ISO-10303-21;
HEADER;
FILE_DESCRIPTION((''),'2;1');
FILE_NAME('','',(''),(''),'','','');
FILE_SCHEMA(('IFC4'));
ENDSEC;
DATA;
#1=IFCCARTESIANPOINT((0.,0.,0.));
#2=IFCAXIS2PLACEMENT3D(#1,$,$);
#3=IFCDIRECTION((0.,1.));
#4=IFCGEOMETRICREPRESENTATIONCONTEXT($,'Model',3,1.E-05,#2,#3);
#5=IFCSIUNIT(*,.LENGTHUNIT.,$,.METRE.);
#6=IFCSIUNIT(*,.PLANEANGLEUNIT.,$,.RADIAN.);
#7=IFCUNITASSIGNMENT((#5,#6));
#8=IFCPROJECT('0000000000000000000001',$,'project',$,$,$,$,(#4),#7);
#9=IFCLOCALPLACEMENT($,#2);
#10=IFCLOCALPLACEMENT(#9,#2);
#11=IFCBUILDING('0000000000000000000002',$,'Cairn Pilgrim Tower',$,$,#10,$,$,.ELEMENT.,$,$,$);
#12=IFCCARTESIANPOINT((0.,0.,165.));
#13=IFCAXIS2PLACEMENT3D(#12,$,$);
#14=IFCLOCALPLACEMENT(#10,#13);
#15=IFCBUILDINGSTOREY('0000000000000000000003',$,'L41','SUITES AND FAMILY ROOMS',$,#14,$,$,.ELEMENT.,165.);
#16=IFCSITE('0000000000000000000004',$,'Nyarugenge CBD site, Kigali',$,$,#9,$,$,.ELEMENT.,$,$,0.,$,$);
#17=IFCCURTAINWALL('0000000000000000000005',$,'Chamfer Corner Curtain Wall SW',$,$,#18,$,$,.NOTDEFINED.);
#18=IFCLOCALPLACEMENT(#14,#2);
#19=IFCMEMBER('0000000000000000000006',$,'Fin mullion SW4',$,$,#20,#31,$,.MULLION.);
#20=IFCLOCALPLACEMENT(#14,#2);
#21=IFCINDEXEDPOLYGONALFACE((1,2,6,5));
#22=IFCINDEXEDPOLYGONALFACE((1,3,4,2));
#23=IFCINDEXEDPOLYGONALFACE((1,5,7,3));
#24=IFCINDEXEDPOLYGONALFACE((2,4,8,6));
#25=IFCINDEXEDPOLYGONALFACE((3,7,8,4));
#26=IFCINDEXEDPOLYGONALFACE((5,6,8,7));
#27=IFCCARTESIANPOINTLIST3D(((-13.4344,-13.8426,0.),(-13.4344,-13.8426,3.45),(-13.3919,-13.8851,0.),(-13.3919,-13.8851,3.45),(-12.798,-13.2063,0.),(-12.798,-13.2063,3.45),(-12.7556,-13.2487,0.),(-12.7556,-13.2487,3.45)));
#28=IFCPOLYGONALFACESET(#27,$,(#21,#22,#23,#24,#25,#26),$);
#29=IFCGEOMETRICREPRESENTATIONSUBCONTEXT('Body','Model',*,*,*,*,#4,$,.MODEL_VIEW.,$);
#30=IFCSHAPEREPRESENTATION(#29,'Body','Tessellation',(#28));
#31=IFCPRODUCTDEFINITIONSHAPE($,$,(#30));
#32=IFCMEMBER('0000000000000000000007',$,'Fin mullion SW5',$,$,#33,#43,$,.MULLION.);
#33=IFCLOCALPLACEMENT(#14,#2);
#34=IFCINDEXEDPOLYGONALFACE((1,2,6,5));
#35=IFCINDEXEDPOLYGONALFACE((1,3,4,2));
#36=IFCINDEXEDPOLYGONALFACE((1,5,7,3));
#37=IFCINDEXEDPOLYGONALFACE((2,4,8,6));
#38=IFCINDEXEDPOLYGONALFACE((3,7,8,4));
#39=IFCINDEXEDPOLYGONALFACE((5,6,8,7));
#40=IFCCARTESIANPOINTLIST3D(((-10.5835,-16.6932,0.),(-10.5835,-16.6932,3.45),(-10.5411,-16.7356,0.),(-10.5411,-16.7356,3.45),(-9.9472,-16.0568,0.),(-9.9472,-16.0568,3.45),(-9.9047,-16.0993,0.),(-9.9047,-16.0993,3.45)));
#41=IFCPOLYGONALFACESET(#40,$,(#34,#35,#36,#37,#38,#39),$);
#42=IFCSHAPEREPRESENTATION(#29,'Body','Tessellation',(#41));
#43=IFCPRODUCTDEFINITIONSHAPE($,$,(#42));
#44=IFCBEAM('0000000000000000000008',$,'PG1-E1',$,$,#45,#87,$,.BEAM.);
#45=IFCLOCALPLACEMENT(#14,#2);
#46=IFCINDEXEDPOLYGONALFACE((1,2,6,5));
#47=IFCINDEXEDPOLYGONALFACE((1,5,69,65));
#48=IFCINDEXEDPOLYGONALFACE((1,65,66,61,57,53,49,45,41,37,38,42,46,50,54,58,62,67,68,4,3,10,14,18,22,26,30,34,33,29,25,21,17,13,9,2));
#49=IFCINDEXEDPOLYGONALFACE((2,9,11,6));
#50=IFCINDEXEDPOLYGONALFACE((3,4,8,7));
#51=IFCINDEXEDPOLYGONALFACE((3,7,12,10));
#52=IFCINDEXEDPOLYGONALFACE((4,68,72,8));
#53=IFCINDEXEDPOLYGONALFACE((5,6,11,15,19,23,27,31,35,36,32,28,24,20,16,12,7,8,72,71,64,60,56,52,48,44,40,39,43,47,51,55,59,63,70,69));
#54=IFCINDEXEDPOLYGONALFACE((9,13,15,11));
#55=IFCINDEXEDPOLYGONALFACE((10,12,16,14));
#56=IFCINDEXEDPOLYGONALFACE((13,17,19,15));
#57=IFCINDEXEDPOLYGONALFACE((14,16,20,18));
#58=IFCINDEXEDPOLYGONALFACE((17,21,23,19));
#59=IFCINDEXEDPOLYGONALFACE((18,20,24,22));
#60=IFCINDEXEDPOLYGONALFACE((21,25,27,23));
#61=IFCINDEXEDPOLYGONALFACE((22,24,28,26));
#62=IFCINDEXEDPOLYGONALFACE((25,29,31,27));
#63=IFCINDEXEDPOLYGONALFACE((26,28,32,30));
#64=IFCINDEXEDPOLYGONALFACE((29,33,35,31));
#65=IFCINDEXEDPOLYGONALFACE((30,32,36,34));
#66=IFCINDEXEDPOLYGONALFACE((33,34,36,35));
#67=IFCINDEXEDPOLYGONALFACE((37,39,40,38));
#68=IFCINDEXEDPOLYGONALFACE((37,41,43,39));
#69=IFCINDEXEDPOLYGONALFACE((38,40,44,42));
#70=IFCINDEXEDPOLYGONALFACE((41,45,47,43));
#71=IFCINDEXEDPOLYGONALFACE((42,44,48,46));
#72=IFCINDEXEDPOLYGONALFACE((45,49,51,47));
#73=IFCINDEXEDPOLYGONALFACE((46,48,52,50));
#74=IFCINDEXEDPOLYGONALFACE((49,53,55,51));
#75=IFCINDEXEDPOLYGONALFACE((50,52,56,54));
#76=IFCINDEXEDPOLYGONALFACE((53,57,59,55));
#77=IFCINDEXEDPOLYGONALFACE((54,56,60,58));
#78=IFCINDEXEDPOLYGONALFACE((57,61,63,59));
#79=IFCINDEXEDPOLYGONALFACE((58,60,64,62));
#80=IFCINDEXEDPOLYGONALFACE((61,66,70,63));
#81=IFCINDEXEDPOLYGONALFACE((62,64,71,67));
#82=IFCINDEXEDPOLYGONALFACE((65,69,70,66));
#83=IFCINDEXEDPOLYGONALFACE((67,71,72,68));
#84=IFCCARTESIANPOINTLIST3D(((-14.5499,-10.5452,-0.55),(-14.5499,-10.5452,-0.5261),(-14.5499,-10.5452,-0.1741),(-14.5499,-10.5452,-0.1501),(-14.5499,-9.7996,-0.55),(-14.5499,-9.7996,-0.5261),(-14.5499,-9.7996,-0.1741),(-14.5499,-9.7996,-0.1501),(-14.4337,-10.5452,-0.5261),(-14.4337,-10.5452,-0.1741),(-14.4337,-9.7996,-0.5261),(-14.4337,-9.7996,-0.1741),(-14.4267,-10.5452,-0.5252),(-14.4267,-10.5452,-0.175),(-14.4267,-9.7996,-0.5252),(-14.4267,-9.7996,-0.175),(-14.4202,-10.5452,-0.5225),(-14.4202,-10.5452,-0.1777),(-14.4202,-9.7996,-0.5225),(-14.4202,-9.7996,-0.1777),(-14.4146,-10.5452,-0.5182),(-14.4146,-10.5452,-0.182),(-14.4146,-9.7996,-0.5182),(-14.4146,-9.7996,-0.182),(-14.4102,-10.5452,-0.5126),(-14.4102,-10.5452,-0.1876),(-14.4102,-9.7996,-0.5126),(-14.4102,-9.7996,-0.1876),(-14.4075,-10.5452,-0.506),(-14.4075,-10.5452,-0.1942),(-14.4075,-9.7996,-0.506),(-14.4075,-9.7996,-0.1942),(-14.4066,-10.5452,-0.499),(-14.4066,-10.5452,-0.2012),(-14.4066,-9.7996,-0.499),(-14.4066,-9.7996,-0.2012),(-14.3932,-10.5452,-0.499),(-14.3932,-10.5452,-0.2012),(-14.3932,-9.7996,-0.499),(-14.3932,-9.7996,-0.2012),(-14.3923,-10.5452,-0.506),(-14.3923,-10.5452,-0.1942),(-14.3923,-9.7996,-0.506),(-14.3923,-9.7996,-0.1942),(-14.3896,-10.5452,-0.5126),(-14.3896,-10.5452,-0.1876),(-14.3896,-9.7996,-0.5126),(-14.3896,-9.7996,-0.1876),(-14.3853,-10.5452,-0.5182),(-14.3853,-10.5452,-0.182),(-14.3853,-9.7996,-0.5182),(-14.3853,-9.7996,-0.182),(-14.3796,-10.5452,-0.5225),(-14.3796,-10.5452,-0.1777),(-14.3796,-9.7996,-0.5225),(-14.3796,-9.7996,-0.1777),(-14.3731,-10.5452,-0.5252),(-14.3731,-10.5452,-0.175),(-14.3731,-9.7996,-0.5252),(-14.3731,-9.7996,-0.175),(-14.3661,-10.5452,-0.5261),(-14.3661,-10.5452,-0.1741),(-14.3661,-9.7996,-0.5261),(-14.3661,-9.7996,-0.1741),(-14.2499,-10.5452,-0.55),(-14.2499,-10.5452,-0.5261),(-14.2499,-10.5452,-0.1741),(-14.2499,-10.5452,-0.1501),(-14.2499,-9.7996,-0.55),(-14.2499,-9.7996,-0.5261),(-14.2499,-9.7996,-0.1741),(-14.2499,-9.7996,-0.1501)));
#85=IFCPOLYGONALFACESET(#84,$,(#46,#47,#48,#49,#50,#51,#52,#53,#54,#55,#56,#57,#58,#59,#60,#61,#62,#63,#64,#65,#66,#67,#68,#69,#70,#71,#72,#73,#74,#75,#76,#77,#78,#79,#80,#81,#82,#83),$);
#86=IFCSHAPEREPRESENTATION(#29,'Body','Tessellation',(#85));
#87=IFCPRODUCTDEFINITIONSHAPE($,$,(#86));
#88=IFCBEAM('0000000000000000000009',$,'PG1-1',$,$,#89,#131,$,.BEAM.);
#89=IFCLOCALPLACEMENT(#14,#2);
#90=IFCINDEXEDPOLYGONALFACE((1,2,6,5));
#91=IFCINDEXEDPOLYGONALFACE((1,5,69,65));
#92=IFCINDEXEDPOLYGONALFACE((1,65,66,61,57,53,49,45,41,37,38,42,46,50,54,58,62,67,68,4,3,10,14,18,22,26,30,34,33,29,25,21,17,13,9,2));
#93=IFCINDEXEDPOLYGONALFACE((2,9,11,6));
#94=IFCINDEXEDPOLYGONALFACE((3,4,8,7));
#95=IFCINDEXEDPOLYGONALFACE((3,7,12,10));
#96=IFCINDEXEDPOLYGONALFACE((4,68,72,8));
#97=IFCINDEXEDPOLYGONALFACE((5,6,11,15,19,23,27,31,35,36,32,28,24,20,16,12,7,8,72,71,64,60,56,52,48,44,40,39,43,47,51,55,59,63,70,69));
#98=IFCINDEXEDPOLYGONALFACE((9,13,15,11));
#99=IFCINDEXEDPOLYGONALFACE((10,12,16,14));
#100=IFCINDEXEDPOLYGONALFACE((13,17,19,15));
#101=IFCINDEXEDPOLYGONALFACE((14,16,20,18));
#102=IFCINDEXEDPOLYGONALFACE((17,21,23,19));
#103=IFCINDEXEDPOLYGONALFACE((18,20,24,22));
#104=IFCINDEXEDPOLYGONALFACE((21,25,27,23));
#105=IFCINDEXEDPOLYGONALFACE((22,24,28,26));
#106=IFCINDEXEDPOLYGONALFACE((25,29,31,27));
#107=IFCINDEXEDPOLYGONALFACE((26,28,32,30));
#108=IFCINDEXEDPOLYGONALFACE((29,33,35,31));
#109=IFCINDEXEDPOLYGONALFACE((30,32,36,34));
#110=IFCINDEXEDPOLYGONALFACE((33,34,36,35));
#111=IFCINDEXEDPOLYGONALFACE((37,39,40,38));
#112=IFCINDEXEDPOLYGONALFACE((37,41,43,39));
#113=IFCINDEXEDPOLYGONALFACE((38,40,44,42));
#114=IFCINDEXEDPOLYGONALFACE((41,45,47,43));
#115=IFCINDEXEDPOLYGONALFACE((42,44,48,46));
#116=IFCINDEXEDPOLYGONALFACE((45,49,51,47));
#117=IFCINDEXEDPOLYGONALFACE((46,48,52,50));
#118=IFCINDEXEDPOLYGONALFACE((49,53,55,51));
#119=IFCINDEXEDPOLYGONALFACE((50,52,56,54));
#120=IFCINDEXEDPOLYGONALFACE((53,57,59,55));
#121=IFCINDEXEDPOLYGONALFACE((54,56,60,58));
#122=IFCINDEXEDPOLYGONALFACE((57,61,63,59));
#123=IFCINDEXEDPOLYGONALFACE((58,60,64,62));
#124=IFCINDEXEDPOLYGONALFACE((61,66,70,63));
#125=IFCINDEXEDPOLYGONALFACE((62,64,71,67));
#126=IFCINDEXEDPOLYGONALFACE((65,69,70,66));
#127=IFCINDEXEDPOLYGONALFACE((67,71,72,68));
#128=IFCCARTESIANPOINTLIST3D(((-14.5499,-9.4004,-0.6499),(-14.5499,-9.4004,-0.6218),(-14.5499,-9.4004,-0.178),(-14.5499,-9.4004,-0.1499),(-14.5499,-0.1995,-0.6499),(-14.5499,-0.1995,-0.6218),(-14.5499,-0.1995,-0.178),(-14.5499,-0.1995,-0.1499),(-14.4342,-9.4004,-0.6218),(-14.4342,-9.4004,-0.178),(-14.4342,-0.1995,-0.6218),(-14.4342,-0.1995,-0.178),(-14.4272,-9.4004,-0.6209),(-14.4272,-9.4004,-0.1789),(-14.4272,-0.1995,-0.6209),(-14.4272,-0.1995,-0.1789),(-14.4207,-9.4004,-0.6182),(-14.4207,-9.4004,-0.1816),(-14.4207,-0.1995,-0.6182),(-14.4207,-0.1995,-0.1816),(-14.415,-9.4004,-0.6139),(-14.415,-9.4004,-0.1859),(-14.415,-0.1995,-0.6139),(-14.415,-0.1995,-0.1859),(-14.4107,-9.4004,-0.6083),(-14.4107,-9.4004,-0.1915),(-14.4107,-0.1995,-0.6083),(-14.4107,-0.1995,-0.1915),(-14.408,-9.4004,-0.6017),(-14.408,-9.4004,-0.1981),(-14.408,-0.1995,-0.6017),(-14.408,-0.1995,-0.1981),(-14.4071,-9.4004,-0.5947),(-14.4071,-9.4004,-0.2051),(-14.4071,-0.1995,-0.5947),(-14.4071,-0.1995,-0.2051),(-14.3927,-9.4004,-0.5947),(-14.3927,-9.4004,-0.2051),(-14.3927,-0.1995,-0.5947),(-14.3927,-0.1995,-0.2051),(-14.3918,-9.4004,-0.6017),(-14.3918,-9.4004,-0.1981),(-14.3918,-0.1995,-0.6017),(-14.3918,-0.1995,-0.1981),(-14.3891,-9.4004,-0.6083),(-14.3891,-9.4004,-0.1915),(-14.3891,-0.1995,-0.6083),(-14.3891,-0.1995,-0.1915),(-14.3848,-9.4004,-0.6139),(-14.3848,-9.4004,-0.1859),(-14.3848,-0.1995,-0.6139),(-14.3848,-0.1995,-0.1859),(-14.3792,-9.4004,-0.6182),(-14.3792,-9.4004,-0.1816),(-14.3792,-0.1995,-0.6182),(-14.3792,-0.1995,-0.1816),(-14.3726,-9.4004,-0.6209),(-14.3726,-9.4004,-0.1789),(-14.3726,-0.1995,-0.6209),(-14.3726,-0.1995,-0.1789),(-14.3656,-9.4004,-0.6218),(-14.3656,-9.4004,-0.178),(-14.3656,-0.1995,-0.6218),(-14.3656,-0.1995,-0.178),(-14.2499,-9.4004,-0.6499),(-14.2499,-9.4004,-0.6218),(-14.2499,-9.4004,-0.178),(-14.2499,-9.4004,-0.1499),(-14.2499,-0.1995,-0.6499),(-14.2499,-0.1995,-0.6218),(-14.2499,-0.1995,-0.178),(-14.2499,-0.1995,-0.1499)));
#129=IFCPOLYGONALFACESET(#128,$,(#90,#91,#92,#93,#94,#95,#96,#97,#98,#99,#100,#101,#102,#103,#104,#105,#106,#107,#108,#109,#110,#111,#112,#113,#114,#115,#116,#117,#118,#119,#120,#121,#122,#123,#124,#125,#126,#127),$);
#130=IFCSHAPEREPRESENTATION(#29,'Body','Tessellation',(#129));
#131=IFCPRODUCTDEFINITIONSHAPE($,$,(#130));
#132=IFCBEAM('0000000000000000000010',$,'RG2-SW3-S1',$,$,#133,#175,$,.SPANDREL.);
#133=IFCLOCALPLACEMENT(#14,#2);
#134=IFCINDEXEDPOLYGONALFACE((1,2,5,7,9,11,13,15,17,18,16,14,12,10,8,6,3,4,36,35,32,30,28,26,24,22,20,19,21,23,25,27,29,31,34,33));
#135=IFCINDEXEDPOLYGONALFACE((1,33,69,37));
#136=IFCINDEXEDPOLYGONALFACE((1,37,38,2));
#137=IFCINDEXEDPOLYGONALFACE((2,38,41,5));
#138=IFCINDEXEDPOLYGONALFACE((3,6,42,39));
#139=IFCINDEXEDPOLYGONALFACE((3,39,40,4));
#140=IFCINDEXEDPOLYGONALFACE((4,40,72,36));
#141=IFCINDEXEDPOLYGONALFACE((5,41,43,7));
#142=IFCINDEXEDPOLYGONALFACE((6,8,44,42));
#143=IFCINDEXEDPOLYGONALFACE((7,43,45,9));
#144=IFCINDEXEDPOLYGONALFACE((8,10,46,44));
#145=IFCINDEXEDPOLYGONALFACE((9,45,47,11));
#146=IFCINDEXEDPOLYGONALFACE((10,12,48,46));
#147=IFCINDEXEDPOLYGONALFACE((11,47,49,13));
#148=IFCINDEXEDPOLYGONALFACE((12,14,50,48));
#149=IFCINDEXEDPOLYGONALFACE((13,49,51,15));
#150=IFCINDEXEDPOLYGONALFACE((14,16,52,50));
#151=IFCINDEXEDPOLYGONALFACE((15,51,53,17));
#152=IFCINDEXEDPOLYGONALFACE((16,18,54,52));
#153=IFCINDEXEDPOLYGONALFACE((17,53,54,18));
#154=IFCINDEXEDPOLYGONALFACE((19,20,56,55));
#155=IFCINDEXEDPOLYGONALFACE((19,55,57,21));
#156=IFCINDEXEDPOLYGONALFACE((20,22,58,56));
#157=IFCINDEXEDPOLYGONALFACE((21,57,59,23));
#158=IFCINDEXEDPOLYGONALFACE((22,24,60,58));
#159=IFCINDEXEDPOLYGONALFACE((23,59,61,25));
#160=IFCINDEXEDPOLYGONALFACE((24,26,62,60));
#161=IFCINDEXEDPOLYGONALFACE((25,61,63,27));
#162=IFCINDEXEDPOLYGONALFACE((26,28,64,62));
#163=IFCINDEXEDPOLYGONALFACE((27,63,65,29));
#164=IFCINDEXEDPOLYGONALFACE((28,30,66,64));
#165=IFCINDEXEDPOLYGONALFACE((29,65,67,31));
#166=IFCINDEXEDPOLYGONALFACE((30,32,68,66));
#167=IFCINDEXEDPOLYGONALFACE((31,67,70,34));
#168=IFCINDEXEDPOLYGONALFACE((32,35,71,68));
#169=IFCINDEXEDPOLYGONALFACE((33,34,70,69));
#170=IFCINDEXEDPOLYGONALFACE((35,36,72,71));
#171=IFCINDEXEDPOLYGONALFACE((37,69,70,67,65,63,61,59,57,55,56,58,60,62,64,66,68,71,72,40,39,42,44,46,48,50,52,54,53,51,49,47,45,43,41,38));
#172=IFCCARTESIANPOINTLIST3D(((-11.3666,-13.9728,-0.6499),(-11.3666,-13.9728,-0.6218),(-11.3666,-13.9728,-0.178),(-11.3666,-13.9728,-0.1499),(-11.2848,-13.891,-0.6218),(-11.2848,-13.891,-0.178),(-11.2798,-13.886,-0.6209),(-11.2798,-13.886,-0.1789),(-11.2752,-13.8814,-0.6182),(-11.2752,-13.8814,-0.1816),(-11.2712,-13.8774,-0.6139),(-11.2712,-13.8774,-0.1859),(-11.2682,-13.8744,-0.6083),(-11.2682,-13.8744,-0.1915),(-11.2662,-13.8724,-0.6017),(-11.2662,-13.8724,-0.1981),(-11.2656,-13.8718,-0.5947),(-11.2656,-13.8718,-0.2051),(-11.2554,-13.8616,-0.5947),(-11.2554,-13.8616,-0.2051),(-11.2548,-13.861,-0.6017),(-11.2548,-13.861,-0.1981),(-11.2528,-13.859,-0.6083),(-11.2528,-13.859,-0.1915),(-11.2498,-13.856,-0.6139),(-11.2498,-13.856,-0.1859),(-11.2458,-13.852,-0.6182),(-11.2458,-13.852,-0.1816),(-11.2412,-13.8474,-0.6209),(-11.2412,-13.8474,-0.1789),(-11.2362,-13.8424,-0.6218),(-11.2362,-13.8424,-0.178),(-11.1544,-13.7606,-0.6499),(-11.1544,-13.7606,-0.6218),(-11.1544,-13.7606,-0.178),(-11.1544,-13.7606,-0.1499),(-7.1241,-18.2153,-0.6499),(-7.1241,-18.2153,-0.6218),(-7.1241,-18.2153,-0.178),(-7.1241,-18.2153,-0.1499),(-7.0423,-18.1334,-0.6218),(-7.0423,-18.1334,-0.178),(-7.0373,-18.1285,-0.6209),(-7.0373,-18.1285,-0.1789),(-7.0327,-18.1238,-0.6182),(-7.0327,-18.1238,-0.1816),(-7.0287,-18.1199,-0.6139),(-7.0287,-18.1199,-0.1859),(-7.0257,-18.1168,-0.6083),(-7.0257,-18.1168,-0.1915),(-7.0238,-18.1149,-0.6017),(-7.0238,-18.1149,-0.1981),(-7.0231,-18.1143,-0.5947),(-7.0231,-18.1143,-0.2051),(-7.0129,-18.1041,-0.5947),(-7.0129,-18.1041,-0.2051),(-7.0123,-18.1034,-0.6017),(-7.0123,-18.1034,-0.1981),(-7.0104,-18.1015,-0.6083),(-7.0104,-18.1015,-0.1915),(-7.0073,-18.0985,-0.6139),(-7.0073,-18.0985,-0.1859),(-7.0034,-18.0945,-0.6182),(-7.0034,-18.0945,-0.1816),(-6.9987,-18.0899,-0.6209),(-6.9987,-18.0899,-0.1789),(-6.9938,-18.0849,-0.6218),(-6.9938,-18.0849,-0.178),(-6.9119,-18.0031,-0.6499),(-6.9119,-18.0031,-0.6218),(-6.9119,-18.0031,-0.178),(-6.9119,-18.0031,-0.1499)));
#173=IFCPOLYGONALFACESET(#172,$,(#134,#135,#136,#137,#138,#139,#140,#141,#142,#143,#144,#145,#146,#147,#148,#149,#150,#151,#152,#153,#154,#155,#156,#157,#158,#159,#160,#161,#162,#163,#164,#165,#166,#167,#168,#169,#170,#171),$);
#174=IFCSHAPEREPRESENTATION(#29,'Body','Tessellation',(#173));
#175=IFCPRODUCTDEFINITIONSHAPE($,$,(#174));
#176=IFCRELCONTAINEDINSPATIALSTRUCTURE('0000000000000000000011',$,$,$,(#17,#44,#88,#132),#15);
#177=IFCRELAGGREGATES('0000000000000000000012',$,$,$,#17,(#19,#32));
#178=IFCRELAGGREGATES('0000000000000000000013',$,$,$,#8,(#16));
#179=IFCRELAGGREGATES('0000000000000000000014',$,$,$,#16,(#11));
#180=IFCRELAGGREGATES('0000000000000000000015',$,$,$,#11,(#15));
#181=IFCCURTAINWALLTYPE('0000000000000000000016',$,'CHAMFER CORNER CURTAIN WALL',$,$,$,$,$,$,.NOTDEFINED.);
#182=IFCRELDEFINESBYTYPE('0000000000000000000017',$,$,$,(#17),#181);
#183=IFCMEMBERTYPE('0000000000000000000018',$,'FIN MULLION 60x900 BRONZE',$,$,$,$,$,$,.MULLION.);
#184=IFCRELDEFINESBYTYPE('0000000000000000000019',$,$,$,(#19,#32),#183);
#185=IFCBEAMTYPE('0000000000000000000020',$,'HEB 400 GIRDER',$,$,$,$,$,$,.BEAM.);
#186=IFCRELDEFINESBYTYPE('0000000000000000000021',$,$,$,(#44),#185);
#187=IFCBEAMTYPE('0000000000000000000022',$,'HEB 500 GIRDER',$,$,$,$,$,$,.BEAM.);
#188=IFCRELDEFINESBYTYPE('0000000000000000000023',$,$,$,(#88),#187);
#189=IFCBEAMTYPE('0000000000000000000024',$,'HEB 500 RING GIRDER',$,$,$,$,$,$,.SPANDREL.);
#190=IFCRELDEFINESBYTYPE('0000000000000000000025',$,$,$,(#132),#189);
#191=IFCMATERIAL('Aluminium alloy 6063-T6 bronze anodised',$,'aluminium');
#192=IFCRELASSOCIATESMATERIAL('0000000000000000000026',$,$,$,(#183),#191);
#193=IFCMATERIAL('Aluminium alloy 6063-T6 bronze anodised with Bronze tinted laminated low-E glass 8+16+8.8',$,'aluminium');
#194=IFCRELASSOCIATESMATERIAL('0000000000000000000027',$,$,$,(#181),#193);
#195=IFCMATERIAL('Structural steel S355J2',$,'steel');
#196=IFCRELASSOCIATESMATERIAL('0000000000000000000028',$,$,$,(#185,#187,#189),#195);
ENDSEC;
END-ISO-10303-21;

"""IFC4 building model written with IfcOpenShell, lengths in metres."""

from ifc_helpers import new_model, si_unit, direction, frame, origin, origin_2d, place, context, subcontext, project, spatial, rectangle, i_section, extrude, material, material_profile, profile_set, type_object, element, aggregate, save


model = new_model("IFC4")

# Units and contexts
model_context = context("Model", 3, precision=1e-05, world=origin(), true_north=direction((0.0, 1.0)))
body_context = subcontext(model_context, "Body", "Model", "MODEL_VIEW")
ifc_project = project(units=[si_unit("LENGTHUNIT", "METRE"), si_unit("PLANEANGLEUNIT", "RADIAN")], contexts=[model_context])

# Site, building, storey
site_placement = place(None, origin())
site = spatial("IfcSite", under=ifc_project, at=site_placement, Name="Nyarugenge CBD site, Kigali", CompositionType="ELEMENT", RefElevation=0.0)
building_placement = place(site_placement, origin())
building = spatial("IfcBuilding", under=site, at=building_placement, Name="Cairn Pilgrim Tower", CompositionType="ELEMENT")
storey_placement = place(building_placement, frame((0.0, 0.0, 165.0)))
storey = spatial("IfcBuildingStorey", under=building, at=storey_placement, Name="L41", Description="SUITES AND FAMILY ROOMS", CompositionType="ELEMENT", Elevation=165.0)

# Shared definitions
ifc_material_1 = material(Name="Structural steel S355J2", Category="steel")

# Shared definitions
ifc_material_2 = material(Name="Aluminium alloy 6063-T6 bronze anodised with Bronze tinted laminated low-E glass 8+16+8.8", Category="aluminium")
ifc_material_3 = material(Name="Aluminium alloy 6063-T6 bronze anodised", Category="aluminium")
ifc_material_profile_1 = material_profile(ifc_material_3, rectangle(XDim=0.8999, YDim=0.0601, at=origin_2d()), Name="FIN MULLION 60x900 BRONZE")
ifc_profile_set_1 = profile_set([ifc_material_profile_1], Name="Aluminium alloy 6063-T6 bronze anodised")
member_type_1 = type_object("IfcMemberType", Name="FIN MULLION 60x900 BRONZE", PredefinedType="MULLION", material=ifc_profile_set_1)

# Curtain wall, members
curtain_wall_type_1 = type_object("IfcCurtainWallType", Name="CHAMFER CORNER CURTAIN WALL", PredefinedType="NOTDEFINED", material=ifc_material_2)
curtain_wall_1_placement = place(storey_placement, origin())
curtain_wall_1 = element("IfcCurtainWall", 1, at=curtain_wall_1_placement, inside=storey, type_object=curtain_wall_type_1, Name="Chamfer Corner Curtain Wall SW", PredefinedType="NOTDEFINED")
member_1_placement = place(storey_placement, frame((-13.095, -13.5457, 0.0), z_axis=(0.0, 0.0, 1.0), x_axis=(-0.707107, -0.707107, 0.0)))
member_1 = element("IfcMember", 2, at=member_1_placement, type_object=member_type_1, Name="Fin mullion SW4", PredefinedType="MULLION", context=body_context, shape_type="SweptSolid", body=[
    extrude(rectangle(XDim=0.8999, YDim=0.0601, at=origin_2d()), origin(), (0.0, 0.0, 1.0), 3.45),
])
member_2_placement = place(storey_placement, frame((-10.2441, -16.3962, 0.0), z_axis=(0.0, 0.0, 1.0), x_axis=(-0.707107, -0.707107, 0.0)))
member_2 = element("IfcMember", 3, at=member_2_placement, type_object=member_type_1, Name="Fin mullion SW5", PredefinedType="MULLION", context=body_context, shape_type="SweptSolid", body=[
    extrude(rectangle(XDim=0.8999, YDim=0.0601, at=origin_2d()), origin(), (0.0, 0.0, 1.0), 3.45),
])

# Beams
ifc_material_profile_2 = material_profile(ifc_material_1, i_section(OverallWidth=0.3, OverallDepth=0.3999, WebThickness=0.0134, FlangeThickness=0.0239, FilletRadius=0.0271, at=origin_2d()), Name="HEB 400")
ifc_profile_set_2 = profile_set([ifc_material_profile_2], Name="Structural steel S355J2")
beam_type_1 = type_object("IfcBeamType", Name="HEB 400 GIRDER", PredefinedType="BEAM", material=ifc_profile_set_2)
beam_1_placement = place(storey_placement, frame((-14.3999, -10.5452, -0.3501), z_axis=(0.0, 1.0, 0.0), x_axis=(-1.0, 0.0, 0.0)))
element("IfcBeam", 4, at=beam_1_placement, inside=storey, type_object=beam_type_1, Name="PG1-E1", PredefinedType="BEAM", context=body_context, shape_type="SweptSolid", body=[
    extrude(i_section(OverallWidth=0.3, OverallDepth=0.3999, WebThickness=0.0134, FlangeThickness=0.0239, FilletRadius=0.0271, at=origin_2d()), origin(), (0.0, 0.0, 1.0), 0.7456),
])
ifc_material_profile_3 = material_profile(ifc_material_1, i_section(OverallWidth=0.3, OverallDepth=0.5, WebThickness=0.0144, FlangeThickness=0.0281, FilletRadius=0.0271, at=origin_2d()), Name="HEB 500")
ifc_profile_set_3 = profile_set([ifc_material_profile_3], Name="Structural steel S355J2")
beam_type_2 = type_object("IfcBeamType", Name="HEB 500 GIRDER", PredefinedType="BEAM", material=ifc_profile_set_3)
beam_2_placement = place(storey_placement, frame((-14.3999, -9.4004, -0.3999), z_axis=(0.0, 1.0, 0.0), x_axis=(-1.0, 0.0, 0.0)))
element("IfcBeam", 5, at=beam_2_placement, inside=storey, type_object=beam_type_2, Name="PG1-1", PredefinedType="BEAM", context=body_context, shape_type="SweptSolid", body=[
    extrude(i_section(OverallWidth=0.3, OverallDepth=0.5, WebThickness=0.0144, FlangeThickness=0.0281, FilletRadius=0.0271, at=origin_2d()), origin(), (0.0, 0.0, 1.0), 9.2009),
])
ifc_material_profile_4 = material_profile(ifc_material_1, i_section(OverallWidth=0.3, OverallDepth=0.5, WebThickness=0.0144, FlangeThickness=0.0281, FilletRadius=0.0271, at=origin_2d()), Name="HEB 500")
ifc_profile_set_4 = profile_set([ifc_material_profile_4], Name="Structural steel S355J2")
beam_type_3 = type_object("IfcBeamType", Name="HEB 500 RING GIRDER", PredefinedType="SPANDREL", material=ifc_profile_set_4)
beam_3_placement = place(storey_placement, frame((-11.2605, -13.8667, -0.3999), z_axis=(0.707107, -0.707107, 0.0), x_axis=(0.707107, 0.707107, 0.0)))
element("IfcBeam", 6, at=beam_3_placement, inside=storey, type_object=beam_type_3, Name="RG2-SW3-S1", PredefinedType="SPANDREL", context=body_context, shape_type="SweptSolid", body=[
    extrude(i_section(OverallWidth=0.3, OverallDepth=0.5, WebThickness=0.0144, FlangeThickness=0.0281, FilletRadius=0.0271, at=origin_2d()), origin(), (0.0, 0.0, 1.0), 5.9998),
])

aggregate(curtain_wall_1, [member_1, member_2])

save(model, "model.ifc")
